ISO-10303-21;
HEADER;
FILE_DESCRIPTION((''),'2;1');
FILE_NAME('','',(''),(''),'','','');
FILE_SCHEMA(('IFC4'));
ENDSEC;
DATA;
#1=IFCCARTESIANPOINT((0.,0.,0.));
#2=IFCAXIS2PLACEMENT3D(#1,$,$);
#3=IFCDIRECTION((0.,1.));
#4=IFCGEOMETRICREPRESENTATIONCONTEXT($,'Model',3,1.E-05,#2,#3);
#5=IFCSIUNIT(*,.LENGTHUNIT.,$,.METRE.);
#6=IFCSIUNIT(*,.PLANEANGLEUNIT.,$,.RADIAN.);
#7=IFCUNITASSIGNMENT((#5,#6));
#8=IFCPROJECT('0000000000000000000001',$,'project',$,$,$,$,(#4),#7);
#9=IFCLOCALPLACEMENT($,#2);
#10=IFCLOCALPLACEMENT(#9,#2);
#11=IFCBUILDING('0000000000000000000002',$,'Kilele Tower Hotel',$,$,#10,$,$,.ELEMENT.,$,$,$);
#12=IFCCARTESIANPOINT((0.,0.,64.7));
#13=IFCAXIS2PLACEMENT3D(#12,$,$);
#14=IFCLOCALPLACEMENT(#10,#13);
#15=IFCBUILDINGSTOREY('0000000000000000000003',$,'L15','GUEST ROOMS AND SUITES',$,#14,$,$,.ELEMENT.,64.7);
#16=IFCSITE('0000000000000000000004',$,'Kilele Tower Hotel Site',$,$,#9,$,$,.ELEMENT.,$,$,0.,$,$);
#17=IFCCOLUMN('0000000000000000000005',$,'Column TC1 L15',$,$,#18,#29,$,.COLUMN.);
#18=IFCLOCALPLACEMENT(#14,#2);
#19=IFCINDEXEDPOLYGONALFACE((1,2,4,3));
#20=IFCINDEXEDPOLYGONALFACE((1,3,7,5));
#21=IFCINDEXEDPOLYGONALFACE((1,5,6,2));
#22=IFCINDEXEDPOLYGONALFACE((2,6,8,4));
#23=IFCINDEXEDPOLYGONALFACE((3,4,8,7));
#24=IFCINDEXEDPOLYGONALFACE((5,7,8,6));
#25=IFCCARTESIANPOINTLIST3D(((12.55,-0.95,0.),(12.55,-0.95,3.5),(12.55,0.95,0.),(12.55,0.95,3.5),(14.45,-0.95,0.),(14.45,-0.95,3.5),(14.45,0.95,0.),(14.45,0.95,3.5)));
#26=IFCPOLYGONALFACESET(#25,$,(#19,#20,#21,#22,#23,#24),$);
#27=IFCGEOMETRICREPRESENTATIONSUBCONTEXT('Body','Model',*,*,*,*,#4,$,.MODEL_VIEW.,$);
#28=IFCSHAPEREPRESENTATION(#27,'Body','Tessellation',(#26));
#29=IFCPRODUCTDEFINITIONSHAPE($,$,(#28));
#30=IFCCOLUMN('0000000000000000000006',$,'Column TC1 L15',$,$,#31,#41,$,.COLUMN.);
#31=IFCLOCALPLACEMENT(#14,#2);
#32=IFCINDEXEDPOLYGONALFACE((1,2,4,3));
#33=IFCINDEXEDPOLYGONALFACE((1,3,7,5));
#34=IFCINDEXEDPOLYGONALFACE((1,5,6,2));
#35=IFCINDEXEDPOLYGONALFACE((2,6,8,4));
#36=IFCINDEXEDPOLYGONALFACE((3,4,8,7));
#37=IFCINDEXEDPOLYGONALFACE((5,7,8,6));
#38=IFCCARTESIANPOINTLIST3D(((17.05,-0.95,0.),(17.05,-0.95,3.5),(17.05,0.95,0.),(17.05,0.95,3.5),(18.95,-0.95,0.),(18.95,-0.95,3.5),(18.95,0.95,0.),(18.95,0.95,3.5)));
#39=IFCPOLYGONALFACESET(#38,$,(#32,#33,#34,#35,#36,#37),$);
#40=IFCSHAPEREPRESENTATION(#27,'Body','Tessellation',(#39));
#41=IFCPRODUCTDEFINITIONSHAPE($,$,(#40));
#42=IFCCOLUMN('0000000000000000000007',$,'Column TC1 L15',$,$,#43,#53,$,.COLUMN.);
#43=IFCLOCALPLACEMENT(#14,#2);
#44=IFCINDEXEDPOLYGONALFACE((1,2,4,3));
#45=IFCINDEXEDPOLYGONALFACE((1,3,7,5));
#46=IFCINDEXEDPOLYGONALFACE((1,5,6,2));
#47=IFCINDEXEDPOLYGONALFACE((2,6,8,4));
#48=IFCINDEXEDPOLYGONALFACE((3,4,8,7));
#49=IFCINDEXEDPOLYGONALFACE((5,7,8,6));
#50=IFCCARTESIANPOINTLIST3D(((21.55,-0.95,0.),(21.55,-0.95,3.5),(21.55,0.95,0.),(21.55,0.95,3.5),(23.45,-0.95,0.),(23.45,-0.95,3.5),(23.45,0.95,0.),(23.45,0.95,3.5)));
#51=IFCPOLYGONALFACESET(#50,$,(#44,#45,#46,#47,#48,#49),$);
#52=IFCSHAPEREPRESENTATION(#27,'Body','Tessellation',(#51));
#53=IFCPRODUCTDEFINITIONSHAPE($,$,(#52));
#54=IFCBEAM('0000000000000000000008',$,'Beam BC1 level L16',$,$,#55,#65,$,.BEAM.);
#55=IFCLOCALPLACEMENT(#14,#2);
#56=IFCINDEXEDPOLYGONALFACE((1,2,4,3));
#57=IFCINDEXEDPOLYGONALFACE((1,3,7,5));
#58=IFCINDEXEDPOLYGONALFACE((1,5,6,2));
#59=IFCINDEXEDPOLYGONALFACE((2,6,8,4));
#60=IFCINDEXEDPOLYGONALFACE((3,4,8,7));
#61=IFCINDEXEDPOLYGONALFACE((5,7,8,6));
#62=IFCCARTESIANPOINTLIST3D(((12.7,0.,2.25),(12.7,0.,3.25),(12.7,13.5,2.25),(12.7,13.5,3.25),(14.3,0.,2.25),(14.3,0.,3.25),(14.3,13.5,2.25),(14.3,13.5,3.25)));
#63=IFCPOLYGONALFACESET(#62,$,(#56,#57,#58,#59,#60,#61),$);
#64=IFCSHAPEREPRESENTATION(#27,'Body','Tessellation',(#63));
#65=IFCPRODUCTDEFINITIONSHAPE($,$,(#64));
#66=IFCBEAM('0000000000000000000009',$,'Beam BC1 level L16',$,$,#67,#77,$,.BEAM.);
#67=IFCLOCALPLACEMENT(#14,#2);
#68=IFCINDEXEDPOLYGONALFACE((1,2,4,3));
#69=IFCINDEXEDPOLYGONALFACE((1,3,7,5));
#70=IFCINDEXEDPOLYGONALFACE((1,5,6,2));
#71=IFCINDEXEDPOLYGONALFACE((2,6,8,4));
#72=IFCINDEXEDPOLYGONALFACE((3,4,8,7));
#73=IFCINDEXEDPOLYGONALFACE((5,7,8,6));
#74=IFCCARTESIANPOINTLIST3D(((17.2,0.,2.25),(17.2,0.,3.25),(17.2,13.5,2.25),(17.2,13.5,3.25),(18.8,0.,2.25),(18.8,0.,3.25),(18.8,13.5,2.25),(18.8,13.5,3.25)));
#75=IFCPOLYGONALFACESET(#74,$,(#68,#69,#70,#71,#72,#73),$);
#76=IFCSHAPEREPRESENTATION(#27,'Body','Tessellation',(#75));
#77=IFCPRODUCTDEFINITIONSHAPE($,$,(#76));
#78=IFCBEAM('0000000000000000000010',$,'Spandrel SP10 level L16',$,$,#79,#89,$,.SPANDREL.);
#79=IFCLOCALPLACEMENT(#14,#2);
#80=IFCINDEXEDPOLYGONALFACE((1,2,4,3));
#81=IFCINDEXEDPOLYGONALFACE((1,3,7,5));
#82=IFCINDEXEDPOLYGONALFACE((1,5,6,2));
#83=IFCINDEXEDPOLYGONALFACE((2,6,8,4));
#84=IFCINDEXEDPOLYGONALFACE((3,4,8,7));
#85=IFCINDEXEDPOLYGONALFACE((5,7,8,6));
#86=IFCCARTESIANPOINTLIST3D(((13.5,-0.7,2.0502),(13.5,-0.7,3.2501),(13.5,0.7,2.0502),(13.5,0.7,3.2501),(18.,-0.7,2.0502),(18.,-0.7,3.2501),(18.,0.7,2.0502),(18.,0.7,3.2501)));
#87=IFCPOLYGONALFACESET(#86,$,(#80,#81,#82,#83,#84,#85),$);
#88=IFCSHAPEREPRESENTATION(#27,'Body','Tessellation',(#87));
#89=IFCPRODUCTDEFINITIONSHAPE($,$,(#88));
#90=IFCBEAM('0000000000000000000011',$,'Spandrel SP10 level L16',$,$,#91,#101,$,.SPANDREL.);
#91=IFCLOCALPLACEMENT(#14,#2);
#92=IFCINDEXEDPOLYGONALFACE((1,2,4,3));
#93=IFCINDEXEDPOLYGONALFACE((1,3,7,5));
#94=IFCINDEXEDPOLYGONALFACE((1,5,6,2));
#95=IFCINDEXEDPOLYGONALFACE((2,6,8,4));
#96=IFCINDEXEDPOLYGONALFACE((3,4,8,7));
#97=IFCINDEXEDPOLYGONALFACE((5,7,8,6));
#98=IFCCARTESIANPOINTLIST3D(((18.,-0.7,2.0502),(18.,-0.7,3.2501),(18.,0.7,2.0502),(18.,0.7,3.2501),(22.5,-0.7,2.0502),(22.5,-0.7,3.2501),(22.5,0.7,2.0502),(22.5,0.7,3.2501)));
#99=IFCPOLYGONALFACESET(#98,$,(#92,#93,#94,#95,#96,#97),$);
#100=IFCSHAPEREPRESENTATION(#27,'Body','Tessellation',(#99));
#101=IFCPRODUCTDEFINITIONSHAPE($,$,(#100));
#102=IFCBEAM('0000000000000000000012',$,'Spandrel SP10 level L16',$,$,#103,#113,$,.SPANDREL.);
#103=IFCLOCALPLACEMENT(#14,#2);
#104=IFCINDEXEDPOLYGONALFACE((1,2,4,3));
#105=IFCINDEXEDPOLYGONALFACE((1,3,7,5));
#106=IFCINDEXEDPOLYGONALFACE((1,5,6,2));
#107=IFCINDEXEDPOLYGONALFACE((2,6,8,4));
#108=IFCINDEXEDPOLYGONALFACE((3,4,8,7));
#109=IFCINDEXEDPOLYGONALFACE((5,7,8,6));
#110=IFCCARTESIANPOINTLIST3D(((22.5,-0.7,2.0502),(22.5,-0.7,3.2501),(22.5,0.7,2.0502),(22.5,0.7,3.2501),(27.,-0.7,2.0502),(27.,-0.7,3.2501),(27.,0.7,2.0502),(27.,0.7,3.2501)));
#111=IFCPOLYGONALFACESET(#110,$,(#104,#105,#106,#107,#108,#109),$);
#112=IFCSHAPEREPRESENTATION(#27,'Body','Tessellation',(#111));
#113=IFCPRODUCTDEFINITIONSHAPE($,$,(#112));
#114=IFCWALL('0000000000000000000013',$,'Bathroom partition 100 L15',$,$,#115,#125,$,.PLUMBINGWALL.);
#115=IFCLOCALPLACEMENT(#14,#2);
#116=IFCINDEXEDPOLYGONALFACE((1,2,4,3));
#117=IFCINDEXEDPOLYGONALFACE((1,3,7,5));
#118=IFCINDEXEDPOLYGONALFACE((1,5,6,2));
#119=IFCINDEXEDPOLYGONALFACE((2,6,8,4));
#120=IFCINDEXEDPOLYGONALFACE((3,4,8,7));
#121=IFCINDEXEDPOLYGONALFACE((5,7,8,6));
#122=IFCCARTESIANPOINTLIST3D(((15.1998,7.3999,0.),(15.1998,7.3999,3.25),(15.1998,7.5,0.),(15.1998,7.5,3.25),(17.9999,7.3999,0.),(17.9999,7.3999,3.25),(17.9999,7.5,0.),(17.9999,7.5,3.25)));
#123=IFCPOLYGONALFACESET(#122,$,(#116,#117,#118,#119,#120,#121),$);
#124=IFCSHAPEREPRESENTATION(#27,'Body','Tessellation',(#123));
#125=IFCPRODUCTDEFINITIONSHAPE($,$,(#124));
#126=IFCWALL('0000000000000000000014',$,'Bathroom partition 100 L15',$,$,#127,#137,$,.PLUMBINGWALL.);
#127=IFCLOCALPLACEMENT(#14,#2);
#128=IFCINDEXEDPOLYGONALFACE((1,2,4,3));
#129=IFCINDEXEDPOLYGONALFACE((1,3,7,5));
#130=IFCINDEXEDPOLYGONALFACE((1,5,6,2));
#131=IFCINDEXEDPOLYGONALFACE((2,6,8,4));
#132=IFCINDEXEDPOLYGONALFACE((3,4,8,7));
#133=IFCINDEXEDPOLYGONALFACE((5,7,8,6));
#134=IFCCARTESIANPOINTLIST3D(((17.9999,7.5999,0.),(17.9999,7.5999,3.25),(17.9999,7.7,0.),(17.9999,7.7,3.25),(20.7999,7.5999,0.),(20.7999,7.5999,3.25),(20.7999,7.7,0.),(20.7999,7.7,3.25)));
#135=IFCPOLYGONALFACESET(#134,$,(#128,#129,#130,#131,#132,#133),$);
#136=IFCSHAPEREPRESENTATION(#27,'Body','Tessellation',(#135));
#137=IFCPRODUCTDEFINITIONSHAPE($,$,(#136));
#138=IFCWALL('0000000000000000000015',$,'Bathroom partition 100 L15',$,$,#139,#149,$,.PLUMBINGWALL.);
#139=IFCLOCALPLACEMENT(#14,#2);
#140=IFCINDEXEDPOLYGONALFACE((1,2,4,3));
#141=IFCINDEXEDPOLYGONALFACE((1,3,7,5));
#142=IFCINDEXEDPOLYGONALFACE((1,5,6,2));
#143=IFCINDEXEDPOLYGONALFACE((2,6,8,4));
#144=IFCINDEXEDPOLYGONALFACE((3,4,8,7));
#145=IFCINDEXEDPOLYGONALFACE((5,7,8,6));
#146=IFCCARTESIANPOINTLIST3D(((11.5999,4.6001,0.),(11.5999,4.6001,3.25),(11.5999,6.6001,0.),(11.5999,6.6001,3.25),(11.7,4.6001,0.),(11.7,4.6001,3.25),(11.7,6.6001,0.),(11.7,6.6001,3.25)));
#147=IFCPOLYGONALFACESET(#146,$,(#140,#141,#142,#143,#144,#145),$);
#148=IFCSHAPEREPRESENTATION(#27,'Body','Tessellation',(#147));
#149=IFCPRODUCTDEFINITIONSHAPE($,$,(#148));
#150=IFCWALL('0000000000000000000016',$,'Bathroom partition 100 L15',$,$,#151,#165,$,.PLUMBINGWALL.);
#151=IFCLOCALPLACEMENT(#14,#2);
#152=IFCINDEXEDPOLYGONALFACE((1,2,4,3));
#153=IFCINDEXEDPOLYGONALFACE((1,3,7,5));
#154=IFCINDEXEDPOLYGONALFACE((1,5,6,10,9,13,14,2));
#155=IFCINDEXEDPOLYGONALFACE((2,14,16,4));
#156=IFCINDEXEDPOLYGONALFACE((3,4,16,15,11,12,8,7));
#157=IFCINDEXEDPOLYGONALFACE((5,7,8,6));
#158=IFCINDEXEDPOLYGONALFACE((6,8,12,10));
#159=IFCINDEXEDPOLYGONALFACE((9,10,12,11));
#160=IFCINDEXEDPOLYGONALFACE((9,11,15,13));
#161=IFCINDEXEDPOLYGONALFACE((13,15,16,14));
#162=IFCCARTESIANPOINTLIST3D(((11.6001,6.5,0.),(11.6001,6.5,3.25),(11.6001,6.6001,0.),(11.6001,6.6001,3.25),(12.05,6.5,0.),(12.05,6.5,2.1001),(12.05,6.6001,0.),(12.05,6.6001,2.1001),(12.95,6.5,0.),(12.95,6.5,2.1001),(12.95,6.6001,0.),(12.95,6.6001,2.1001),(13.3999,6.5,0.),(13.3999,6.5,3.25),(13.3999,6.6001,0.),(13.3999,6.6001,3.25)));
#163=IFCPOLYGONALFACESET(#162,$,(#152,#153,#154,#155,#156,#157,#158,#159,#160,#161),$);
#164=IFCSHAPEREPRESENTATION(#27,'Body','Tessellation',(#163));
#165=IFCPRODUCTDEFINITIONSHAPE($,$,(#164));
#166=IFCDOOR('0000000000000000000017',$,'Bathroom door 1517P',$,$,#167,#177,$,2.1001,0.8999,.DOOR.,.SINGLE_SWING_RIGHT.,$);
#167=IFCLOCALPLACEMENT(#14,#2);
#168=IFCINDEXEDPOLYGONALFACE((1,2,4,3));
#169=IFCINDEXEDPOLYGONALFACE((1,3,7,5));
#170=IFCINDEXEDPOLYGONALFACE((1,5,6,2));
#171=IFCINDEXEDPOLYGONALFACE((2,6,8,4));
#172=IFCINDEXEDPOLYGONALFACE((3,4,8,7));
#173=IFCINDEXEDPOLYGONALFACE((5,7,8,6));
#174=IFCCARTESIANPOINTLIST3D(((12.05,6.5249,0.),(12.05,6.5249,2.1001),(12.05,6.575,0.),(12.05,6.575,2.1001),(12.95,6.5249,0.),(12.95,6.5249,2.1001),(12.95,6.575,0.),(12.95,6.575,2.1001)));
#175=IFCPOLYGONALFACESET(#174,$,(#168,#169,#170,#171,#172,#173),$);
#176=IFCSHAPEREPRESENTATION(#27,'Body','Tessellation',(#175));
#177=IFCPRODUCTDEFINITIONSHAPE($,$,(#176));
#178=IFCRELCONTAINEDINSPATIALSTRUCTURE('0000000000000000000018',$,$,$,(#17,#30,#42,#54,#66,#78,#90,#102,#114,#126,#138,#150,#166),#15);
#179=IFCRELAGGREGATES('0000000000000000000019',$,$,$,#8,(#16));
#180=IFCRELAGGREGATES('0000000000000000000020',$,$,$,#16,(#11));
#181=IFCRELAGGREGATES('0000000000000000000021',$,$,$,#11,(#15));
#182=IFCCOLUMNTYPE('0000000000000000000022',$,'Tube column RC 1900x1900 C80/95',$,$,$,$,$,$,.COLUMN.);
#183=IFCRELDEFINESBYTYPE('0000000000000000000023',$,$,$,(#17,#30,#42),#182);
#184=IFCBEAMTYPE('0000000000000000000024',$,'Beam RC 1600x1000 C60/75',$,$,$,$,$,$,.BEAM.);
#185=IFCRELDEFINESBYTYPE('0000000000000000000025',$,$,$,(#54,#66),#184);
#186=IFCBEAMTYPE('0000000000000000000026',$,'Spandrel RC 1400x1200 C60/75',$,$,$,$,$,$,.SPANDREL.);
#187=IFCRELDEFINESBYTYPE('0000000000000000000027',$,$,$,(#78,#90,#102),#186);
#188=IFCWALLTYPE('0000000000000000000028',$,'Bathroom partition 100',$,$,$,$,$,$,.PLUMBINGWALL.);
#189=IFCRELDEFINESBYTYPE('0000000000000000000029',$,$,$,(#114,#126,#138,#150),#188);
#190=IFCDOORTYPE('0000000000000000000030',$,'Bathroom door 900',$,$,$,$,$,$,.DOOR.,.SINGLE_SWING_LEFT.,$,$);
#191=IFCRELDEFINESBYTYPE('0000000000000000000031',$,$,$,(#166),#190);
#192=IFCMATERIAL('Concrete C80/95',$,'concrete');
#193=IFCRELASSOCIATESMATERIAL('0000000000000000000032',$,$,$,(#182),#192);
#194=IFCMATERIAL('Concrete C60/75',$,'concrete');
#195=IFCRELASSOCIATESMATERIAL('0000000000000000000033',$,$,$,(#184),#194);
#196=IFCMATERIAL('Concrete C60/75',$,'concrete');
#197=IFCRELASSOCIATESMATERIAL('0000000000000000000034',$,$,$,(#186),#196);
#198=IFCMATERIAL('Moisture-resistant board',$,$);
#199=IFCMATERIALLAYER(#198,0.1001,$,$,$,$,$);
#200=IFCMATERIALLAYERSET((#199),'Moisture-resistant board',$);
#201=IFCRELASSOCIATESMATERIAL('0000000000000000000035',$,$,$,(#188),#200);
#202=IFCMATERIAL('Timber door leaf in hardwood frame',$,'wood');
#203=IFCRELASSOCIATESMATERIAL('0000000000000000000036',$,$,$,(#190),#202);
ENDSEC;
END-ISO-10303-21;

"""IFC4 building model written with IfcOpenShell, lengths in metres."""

from ifc_helpers import new_model, si_unit, direction, frame, frame_2d, origin, origin_2d, place, context, subcontext, project, spatial, rectangle, extrude, material, layer, layer_set, material_profile, profile_set, type_object, element, fill, save


model = new_model("IFC4")

# Units and contexts
model_context = context("Model", 3, precision=1e-05, world=origin(), true_north=direction((0.0, 1.0)))
body_context = subcontext(model_context, "Body", "Model", "MODEL_VIEW")
ifc_project = project(units=[si_unit("LENGTHUNIT", "METRE"), si_unit("PLANEANGLEUNIT", "RADIAN")], contexts=[model_context])

# Site, building, storey
site_placement = place(None, origin())
site = spatial("IfcSite", under=ifc_project, at=site_placement, Name="Kilele Tower Hotel Site", CompositionType="ELEMENT", RefElevation=0.0)
building_placement = place(site_placement, origin())
building = spatial("IfcBuilding", under=site, at=building_placement, Name="Kilele Tower Hotel", CompositionType="ELEMENT")
storey_placement = place(building_placement, frame((0.0, 0.0, 64.7)))
storey = spatial("IfcBuildingStorey", under=building, at=storey_placement, Name="L15", Description="GUEST ROOMS AND SUITES", CompositionType="ELEMENT", Elevation=64.7)

# Columns
ifc_material_1 = material(Name="Concrete C80/95", Category="concrete")
ifc_material_profile_1 = material_profile(ifc_material_1, rectangle(XDim=1.8999, YDim=1.8999, at=origin_2d()))
ifc_profile_set_1 = profile_set([ifc_material_profile_1], Name="Concrete C80/95")
column_type = type_object("IfcColumnType", Name="Tube column RC 1900x1900 C80/95", PredefinedType="COLUMN", material=ifc_profile_set_1)
for number, where, z_axis, x_axis, name in (
    (1, (13.5, 0.0, 0.0), (0.0, 0.0, 1.0), (1.0, 0.0, 0.0), "Column TC1 L15"),
    (2, (18.0, 0.0, 0.0), (0.0, 0.0, 1.0), (1.0, 0.0, 0.0), "Column TC1 L15"),
    (3, (22.5, 0.0, 0.0), (0.0, 0.0, 1.0), (1.0, 0.0, 0.0), "Column TC1 L15"),
):
    element("IfcColumn", number, at=place(storey_placement, frame(where, z_axis=z_axis, x_axis=x_axis)), inside=storey, type_object=column_type, Name=name, PredefinedType="COLUMN", context=body_context, shape_type="SweptSolid", body=[
        extrude(rectangle(XDim=1.8999, YDim=1.8999, at=origin_2d()), origin(), (0.0, 0.0, 1.0), 3.5),
    ])

# Beams
ifc_material_2 = material(Name="Concrete C60/75", Category="concrete")
ifc_material_profile_2 = material_profile(ifc_material_2, rectangle(XDim=1.6001, YDim=1.0, at=origin_2d()))
ifc_profile_set_2 = profile_set([ifc_material_profile_2], Name="Concrete C60/75")
beam_type_1 = type_object("IfcBeamType", Name="Beam RC 1600x1000 C60/75", PredefinedType="BEAM", material=ifc_profile_set_2)
for number, where, z_axis, x_axis, name in (
    (4, (13.5, 0.0, 2.75), (0.0, 1.0, 0.0), (-1.0, 0.0, 0.0), "Beam BC1 level L16"),
    (5, (18.0, 0.0, 2.75), (0.0, 1.0, 0.0), (-1.0, 0.0, 0.0), "Beam BC1 level L16"),
):
    element("IfcBeam", number, at=place(storey_placement, frame(where, z_axis=z_axis, x_axis=x_axis)), inside=storey, type_object=beam_type_1, Name=name, PredefinedType="BEAM", context=body_context, shape_type="SweptSolid", body=[
        extrude(rectangle(XDim=1.6001, YDim=1.0, at=origin_2d()), origin(), (0.0, 0.0, 1.0), 13.5),
    ])
ifc_material_3 = material(Name="Concrete C60/75", Category="concrete")
ifc_material_profile_3 = material_profile(ifc_material_3, rectangle(XDim=1.3999, YDim=1.2, at=origin_2d()))
ifc_profile_set_3 = profile_set([ifc_material_profile_3], Name="Concrete C60/75")
beam_type_2 = type_object("IfcBeamType", Name="Spandrel RC 1400x1200 C60/75", PredefinedType="SPANDREL", material=ifc_profile_set_3)
for number, where, z_axis, x_axis, name in (
    (6, (13.5, 0.0, 2.6501), (1.0, 0.0, 0.0), (0.0, 1.0, 0.0), "Spandrel SP10 level L16"),
    (7, (18.0, 0.0, 2.6501), (1.0, 0.0, 0.0), (0.0, 1.0, 0.0), "Spandrel SP10 level L16"),
    (8, (22.5, 0.0, 2.6501), (1.0, 0.0, 0.0), (0.0, 1.0, 0.0), "Spandrel SP10 level L16"),
):
    element("IfcBeam", number, at=place(storey_placement, frame(where, z_axis=z_axis, x_axis=x_axis)), inside=storey, type_object=beam_type_2, Name=name, PredefinedType="SPANDREL", context=body_context, shape_type="SweptSolid", body=[
        extrude(rectangle(XDim=1.3999, YDim=1.2, at=origin_2d()), origin(), (0.0, 0.0, 1.0), 4.5),
    ])

# Walls
ifc_material_4 = material(Name="Moisture-resistant board")
ifc_layer_1 = layer(ifc_material_4, 0.1001)
ifc_layer_set_1 = layer_set([ifc_layer_1], Name="Moisture-resistant board")
wall_type_1 = type_object("IfcWallType", Name="Bathroom partition 100", PredefinedType="PLUMBINGWALL", material=ifc_layer_set_1)
for number, where, z_axis, x_axis, name in (
    (9, (15.2, 7.45, 0.0), (0.0, 0.0, 1.0), (1.0, 0.0, 0.0), "Bathroom partition 100 L15"),
    (10, (18.0, 7.6499, 0.0), (0.0, 0.0, 1.0), (1.0, 0.0, 0.0), "Bathroom partition 100 L15"),
):
    element("IfcWall", number, at=place(storey_placement, frame(where, z_axis=z_axis, x_axis=x_axis)), inside=storey, type_object=wall_type_1, Name=name, PredefinedType="PLUMBINGWALL", context=body_context, shape_type="SweptSolid", body=[
        extrude(rectangle(XDim=2.8, YDim=0.1001, at=frame_2d((1.3999, 0.0))), origin(), (0.0, 0.0, 1.0), 3.25),
    ])
wall_1_placement = place(storey_placement, frame((11.6499, 4.6001, 0.0), z_axis=(0.0, 0.0, 1.0), x_axis=(0.0, 1.0, 0.0)))
element("IfcWall", 11, at=wall_1_placement, inside=storey, type_object=wall_type_1, Name="Bathroom partition 100 L15", PredefinedType="PLUMBINGWALL", context=body_context, shape_type="SweptSolid", body=[
    extrude(rectangle(XDim=2.0, YDim=0.1001, at=frame_2d((1.0, 0.0))), origin(), (0.0, 0.0, 1.0), 3.25),
])

# Wall, opening, door
wall_2_placement = place(storey_placement, frame((13.3999, 6.55, 0.0), z_axis=(0.0, 0.0, 1.0), x_axis=(-1.0, 0.0, 0.0)))
wall_2 = element("IfcWall", 12, at=wall_2_placement, inside=storey, type_object=wall_type_1, Name="Bathroom partition 100 L15", PredefinedType="PLUMBINGWALL", context=body_context, shape_type="SweptSolid", body=[
    extrude(rectangle(XDim=1.7998, YDim=0.1001, at=frame_2d((0.8999, 0.0))), origin(), (0.0, 0.0, 1.0), 3.25),
])
opening_1_placement = place(wall_2_placement, frame((1.3499, 0.0, 0.0), z_axis=(0.0, 0.0, 1.0), x_axis=(-1.0, 0.0, 0.0)))
opening_1 = element("IfcOpeningElement", 13, at=opening_1_placement, cuts=wall_2, PredefinedType="OPENING", context=body_context, shape_type="SweptSolid", body=[
    extrude(rectangle(XDim=0.8999, YDim=2.1001, at=frame_2d((0.45, 1.05))), frame((0.0, 0.0601, 0.0), z_axis=(0.0, -1.0, 0.0), x_axis=(1.0, 0.0, 0.0)), (0.0, 0.0, 1.0), 0.1201),
])
ifc_material_5 = material(Name="Timber door leaf in hardwood frame", Category="wood")
door_type_1 = type_object("IfcDoorType", Name="Bathroom door 900", OperationType="SINGLE_SWING_LEFT", PredefinedType="DOOR", material=ifc_material_5)
door_1_placement = place(opening_1_placement, origin())
door_1 = element("IfcDoor", 14, at=door_1_placement, inside=storey, type_object=door_type_1, Name="Bathroom door 1517P", OperationType="SINGLE_SWING_RIGHT", OverallHeight=2.1001, OverallWidth=0.8999, PredefinedType="DOOR", context=body_context, shape_type="SweptSolid", body=[
    extrude(rectangle(XDim=0.8999, YDim=2.1001, at=frame_2d((0.45, 1.05))), frame((0.0, 0.0249, 0.0), z_axis=(0.0, -1.0, 0.0), x_axis=(1.0, 0.0, 0.0)), (0.0, 0.0, 1.0), 0.05),
])
fill(opening_1, door_1)

save(model, "model.ifc")
